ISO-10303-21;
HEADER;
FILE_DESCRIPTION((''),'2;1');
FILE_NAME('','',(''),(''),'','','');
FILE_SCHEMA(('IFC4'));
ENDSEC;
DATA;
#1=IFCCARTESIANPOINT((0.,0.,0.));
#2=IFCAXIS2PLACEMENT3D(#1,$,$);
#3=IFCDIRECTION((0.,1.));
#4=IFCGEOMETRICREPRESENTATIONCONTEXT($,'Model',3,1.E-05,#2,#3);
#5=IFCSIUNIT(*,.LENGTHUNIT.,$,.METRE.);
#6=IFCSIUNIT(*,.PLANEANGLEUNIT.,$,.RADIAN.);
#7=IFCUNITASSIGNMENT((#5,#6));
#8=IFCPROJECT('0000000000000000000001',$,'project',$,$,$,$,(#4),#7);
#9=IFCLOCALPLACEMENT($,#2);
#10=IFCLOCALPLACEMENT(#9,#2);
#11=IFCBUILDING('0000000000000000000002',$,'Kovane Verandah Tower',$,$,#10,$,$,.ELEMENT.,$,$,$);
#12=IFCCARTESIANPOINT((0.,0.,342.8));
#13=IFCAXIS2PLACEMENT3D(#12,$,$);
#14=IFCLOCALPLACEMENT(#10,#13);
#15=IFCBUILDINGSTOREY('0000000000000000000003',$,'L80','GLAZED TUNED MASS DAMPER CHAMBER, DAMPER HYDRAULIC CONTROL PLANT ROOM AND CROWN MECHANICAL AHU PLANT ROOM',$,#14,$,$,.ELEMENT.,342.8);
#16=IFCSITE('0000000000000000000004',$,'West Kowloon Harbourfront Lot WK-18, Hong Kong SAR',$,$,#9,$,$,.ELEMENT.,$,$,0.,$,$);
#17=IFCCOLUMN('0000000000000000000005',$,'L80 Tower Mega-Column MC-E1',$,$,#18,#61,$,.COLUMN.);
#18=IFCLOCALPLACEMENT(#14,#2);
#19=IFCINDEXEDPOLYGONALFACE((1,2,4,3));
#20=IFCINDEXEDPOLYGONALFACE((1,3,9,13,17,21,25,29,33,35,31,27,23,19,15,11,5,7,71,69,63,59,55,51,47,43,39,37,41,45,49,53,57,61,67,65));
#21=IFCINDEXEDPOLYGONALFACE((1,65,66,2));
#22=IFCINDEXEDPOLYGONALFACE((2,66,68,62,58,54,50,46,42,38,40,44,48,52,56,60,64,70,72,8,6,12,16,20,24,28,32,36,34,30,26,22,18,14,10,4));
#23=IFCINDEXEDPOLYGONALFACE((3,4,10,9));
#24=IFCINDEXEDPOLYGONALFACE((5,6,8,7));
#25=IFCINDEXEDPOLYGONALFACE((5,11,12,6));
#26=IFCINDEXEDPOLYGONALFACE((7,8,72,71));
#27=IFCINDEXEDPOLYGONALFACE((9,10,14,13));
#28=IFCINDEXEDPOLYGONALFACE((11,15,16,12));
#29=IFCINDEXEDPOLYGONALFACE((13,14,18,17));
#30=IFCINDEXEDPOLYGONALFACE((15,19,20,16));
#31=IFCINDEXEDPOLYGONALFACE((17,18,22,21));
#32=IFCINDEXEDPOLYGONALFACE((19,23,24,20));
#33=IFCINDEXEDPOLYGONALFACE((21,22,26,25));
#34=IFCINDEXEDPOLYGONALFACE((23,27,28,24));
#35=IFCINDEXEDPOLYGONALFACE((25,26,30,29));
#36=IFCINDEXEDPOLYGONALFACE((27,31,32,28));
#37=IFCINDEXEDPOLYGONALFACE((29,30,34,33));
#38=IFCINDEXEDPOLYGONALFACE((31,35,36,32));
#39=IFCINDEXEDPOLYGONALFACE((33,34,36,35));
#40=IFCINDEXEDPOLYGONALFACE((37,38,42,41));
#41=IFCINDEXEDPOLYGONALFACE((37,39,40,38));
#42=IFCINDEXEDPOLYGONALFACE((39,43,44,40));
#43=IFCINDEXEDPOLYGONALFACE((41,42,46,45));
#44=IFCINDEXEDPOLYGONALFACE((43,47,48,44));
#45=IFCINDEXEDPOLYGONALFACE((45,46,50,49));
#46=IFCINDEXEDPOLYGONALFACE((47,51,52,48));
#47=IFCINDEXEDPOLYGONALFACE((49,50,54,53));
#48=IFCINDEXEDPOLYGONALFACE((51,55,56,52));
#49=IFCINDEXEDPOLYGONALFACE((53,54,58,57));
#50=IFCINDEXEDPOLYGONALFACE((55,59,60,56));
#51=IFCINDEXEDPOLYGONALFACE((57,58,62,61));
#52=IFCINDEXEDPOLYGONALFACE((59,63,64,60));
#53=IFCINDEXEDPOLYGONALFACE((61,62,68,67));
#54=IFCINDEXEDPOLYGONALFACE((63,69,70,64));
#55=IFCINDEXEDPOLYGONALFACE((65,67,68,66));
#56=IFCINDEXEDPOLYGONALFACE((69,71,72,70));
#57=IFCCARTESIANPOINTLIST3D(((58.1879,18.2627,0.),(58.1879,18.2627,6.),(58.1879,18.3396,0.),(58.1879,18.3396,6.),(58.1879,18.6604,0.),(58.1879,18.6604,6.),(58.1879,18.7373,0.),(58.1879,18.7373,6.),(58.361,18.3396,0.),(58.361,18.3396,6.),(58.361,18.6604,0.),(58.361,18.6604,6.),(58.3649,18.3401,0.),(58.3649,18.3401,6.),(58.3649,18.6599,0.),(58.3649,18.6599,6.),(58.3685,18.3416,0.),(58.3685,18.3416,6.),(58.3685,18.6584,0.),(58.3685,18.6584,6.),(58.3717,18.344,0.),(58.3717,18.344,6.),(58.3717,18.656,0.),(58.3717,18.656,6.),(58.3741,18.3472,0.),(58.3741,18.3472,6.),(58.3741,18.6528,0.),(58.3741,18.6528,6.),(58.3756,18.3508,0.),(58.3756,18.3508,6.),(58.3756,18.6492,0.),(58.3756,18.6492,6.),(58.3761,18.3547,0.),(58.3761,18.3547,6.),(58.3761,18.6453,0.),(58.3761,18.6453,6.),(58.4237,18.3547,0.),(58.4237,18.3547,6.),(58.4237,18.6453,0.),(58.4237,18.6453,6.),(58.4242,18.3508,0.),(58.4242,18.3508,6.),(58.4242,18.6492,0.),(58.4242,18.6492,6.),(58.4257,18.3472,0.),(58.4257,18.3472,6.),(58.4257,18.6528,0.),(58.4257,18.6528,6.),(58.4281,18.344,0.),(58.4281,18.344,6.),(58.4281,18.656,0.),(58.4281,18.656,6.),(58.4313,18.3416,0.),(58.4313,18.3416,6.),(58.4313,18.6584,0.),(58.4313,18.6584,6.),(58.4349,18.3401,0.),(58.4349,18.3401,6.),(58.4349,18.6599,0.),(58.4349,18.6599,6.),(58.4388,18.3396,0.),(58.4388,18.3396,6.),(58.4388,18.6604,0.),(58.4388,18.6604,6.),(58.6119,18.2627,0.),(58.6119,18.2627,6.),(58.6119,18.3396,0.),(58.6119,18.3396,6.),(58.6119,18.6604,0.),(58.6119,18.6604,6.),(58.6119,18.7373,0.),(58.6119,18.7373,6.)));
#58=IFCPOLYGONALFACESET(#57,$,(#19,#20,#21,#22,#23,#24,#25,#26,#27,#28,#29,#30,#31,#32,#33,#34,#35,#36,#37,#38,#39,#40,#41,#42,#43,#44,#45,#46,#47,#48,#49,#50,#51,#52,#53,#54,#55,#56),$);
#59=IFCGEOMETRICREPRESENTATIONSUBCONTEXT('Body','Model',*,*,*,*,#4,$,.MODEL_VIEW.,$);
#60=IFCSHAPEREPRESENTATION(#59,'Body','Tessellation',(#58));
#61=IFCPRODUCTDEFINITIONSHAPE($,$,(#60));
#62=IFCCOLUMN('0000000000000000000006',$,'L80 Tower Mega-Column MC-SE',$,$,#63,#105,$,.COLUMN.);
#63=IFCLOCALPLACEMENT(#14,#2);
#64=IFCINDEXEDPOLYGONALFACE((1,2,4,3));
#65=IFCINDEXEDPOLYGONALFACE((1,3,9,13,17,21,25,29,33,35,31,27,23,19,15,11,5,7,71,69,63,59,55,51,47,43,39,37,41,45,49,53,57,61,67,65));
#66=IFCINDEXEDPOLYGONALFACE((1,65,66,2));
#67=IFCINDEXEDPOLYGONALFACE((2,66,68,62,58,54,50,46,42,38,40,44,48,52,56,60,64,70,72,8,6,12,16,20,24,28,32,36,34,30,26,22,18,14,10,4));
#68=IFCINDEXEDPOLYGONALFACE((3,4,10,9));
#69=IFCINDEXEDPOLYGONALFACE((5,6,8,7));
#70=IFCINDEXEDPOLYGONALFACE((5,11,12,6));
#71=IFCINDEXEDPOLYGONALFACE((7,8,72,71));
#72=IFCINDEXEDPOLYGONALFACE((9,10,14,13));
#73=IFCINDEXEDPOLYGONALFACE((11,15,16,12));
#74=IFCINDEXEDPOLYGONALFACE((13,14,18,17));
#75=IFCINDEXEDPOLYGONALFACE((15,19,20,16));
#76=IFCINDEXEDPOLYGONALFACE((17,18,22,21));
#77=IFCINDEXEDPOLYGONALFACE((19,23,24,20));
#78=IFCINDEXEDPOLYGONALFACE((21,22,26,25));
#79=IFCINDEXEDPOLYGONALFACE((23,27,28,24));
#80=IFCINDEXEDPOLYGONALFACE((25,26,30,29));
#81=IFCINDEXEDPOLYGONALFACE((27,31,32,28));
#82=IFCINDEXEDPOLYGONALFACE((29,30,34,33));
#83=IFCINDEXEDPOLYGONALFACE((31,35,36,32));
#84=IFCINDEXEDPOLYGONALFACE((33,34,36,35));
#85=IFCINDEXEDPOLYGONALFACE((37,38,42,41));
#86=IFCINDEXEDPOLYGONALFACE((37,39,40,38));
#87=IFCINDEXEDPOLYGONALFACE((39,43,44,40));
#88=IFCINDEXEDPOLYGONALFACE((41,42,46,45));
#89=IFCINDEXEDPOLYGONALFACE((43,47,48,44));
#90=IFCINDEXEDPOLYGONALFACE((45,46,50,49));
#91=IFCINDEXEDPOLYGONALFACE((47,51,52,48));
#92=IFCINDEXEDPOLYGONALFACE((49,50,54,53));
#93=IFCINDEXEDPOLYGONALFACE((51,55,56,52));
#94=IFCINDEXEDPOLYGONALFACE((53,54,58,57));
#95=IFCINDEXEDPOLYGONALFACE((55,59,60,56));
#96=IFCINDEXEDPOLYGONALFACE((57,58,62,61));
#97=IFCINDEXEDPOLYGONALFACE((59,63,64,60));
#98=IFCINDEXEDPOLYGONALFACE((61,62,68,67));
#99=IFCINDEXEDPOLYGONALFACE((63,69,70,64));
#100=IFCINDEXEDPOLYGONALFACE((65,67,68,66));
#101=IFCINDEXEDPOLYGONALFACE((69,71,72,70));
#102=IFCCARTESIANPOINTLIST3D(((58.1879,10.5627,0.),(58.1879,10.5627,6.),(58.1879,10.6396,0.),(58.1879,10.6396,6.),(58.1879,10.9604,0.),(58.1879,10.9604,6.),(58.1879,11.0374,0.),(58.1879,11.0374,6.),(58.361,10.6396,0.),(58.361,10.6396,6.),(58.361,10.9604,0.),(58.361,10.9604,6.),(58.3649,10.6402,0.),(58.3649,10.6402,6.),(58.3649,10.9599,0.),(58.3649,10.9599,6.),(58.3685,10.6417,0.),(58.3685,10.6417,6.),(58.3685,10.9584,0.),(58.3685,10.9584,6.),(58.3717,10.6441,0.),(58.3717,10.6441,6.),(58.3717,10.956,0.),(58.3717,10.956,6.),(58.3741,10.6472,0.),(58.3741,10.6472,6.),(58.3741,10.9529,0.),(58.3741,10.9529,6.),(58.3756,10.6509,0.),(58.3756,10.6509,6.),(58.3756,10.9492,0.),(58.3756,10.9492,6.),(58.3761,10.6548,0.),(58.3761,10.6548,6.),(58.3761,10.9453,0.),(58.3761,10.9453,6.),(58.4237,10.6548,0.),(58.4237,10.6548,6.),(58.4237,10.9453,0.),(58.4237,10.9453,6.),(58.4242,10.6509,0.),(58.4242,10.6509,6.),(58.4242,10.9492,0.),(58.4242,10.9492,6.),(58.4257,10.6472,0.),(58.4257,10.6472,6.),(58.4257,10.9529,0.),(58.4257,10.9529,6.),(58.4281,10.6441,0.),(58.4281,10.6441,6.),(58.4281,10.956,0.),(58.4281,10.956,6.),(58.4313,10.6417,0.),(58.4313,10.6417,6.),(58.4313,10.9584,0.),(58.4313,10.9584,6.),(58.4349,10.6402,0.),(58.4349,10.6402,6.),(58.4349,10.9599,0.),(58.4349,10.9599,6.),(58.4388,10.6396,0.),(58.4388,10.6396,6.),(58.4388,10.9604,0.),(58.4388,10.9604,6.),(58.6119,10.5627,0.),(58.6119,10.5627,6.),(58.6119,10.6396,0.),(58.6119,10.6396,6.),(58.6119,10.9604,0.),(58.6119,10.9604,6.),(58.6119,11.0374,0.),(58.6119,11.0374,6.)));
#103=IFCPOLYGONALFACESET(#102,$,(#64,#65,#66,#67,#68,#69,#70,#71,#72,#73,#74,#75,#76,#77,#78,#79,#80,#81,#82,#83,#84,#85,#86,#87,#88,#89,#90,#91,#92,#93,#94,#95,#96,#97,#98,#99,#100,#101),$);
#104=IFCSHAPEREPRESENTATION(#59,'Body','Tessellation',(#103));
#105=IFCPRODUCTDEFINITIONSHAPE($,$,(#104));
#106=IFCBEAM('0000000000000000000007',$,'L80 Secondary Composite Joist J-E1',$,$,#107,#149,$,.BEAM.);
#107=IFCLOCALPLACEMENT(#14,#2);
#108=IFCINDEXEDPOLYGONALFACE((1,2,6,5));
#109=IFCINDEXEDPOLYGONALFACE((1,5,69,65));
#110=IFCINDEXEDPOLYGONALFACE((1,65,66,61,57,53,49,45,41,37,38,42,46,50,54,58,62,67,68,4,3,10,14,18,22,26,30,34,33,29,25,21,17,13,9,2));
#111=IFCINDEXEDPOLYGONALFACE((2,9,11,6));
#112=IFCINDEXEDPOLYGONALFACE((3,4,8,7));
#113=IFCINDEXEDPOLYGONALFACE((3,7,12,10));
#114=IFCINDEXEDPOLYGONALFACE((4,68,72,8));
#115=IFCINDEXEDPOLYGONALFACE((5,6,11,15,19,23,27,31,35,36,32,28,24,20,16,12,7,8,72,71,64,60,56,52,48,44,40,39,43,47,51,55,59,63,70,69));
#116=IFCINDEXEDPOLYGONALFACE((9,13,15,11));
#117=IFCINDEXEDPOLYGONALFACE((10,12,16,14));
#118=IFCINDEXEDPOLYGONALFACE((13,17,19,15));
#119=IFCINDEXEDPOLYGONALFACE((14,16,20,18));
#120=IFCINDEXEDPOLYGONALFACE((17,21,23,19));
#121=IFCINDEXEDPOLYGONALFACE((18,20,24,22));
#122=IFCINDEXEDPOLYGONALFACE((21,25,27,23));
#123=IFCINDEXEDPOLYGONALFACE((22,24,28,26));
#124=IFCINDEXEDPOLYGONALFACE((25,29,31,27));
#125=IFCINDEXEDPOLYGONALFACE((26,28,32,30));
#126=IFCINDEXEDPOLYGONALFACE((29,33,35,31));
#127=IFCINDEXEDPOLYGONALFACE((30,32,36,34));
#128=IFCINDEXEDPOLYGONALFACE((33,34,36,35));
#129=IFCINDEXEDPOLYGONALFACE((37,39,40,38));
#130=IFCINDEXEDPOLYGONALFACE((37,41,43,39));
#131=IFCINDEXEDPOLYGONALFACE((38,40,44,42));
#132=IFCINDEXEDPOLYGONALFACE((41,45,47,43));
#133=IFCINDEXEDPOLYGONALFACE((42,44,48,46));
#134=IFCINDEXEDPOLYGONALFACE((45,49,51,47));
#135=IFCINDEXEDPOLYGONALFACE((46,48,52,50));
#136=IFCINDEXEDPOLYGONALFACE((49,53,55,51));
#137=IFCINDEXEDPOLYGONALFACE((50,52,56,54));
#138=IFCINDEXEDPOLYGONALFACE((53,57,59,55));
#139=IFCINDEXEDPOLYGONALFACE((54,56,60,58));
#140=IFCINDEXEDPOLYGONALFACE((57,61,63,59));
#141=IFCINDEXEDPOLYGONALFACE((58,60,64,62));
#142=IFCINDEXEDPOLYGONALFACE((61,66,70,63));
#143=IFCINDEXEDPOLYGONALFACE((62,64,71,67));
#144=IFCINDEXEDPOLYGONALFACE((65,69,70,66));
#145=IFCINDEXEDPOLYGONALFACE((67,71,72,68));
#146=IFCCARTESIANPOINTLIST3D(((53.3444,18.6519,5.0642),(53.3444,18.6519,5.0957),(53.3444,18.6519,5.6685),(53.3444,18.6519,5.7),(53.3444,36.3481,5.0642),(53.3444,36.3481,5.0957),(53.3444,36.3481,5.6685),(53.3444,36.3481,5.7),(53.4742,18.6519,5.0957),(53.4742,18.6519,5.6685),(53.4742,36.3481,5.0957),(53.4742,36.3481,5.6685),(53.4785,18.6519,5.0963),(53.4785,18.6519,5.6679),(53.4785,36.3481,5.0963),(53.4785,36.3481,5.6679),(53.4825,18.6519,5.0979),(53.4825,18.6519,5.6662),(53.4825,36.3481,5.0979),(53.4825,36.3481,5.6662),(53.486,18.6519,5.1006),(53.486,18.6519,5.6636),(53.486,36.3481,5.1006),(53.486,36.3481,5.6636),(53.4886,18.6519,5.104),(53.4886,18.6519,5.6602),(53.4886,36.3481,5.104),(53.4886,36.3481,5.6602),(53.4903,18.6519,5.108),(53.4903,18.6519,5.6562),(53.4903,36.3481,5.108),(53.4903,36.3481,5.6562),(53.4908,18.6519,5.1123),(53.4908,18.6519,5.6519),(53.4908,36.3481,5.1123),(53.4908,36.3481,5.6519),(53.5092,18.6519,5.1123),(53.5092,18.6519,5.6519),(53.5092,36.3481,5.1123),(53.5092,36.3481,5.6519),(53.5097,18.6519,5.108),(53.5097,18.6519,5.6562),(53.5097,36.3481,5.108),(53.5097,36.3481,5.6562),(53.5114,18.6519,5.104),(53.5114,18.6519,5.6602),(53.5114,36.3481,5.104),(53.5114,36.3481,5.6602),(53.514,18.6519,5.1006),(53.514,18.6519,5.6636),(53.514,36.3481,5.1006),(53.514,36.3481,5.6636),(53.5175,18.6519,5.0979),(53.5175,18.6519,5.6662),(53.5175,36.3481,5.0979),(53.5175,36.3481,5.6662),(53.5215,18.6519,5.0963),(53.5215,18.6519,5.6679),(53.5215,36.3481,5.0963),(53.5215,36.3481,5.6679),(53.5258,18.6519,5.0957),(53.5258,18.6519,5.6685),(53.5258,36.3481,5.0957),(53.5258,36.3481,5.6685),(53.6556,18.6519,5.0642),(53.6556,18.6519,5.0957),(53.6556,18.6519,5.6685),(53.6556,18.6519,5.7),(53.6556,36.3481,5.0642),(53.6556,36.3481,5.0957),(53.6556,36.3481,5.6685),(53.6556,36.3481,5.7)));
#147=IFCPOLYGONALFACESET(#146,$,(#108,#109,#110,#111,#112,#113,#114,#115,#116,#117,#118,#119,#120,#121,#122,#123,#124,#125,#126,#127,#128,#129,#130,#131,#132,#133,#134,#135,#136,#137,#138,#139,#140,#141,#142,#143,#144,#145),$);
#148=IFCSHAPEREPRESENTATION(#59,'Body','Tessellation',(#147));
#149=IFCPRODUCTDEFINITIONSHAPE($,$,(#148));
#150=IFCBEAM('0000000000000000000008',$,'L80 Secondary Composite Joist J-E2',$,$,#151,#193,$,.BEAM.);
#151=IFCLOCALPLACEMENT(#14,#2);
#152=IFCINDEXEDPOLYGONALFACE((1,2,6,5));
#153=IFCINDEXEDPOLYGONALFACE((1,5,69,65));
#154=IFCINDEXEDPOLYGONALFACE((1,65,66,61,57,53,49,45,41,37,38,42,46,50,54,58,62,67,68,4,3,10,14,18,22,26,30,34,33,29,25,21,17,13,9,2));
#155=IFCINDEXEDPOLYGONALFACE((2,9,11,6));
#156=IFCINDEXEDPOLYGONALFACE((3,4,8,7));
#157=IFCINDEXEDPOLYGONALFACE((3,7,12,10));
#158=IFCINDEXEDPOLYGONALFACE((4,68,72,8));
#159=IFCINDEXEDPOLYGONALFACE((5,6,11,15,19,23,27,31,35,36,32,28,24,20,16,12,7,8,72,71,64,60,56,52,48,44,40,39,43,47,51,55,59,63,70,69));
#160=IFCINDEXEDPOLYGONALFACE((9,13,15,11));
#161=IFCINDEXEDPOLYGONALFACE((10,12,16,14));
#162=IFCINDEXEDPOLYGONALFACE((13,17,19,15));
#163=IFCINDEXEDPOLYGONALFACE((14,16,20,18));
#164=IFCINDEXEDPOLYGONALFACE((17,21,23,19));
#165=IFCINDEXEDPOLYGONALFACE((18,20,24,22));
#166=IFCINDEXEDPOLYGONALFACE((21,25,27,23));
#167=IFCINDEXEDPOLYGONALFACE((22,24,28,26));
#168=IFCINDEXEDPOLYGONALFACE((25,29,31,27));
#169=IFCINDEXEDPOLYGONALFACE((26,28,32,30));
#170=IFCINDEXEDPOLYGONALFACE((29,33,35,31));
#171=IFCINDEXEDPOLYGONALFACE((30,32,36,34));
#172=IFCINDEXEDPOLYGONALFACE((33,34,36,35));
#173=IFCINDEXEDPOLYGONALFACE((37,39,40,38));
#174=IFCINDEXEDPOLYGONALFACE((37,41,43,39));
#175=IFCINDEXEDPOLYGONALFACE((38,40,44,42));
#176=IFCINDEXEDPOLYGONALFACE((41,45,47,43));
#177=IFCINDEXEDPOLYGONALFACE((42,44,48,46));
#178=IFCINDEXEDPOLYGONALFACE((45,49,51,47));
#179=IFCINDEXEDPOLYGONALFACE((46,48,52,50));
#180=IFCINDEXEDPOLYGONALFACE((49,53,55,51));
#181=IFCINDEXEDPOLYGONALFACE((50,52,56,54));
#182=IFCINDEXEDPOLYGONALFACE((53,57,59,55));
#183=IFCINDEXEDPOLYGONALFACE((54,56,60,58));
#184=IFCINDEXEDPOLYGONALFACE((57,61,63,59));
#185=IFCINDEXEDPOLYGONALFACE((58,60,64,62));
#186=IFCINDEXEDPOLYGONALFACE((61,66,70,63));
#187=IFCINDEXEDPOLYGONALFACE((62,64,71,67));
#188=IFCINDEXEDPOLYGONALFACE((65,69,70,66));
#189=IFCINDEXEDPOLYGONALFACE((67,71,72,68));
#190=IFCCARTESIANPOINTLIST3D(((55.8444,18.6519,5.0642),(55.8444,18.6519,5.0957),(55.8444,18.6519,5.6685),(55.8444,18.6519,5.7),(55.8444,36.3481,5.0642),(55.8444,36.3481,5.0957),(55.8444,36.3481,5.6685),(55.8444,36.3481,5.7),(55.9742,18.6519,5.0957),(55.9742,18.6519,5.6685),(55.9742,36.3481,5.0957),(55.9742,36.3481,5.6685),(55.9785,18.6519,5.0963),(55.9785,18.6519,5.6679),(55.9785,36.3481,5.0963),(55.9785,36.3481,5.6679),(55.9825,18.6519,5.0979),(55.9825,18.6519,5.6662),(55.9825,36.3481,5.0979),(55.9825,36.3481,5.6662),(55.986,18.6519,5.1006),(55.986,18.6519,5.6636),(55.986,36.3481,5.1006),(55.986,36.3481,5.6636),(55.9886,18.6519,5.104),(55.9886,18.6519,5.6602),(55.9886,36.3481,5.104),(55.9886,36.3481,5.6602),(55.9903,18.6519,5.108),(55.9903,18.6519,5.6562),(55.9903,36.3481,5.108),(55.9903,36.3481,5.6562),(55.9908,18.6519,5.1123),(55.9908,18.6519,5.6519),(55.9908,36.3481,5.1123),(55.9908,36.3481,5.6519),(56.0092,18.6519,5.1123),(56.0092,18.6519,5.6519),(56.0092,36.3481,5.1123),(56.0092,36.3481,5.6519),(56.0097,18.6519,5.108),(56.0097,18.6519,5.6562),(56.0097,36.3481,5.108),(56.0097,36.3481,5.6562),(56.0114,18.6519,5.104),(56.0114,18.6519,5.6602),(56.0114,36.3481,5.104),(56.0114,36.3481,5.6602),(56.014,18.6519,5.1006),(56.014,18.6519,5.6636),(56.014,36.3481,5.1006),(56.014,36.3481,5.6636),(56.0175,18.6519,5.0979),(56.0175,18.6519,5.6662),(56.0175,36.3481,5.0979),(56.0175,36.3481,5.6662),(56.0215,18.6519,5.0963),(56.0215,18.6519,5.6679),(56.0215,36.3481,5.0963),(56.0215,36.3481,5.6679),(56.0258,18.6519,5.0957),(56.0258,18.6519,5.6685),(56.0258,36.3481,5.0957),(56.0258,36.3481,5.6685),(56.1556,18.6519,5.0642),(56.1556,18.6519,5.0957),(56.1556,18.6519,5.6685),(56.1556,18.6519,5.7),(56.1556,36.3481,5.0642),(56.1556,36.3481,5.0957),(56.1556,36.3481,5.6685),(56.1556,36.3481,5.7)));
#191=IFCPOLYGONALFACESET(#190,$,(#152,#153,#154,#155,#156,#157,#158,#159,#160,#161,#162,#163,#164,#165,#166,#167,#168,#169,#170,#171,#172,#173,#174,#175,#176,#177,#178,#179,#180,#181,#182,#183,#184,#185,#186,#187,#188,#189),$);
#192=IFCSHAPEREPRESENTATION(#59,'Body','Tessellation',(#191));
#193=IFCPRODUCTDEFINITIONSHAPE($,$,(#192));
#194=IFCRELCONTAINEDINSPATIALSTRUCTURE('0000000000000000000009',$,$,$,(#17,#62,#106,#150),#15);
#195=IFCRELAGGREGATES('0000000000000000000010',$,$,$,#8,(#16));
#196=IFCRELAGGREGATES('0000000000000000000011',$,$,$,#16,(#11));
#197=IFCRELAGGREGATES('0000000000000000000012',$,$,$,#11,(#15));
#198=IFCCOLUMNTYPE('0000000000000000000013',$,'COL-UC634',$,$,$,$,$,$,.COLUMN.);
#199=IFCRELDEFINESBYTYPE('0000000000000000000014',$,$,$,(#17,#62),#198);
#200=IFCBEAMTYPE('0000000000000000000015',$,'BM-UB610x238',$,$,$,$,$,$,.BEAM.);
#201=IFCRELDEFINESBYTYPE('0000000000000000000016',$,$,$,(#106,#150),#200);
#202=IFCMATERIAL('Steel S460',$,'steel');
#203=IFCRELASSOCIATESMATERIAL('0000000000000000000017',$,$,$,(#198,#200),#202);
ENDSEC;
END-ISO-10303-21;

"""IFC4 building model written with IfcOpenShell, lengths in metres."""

from ifc_helpers import new_model, si_unit, direction, frame, origin, origin_2d, place, context, subcontext, project, spatial, i_section, extrude, material, material_profile, profile_set, type_object, element, save


model = new_model("IFC4")

# Units and contexts
model_context = context("Model", 3, precision=1e-05, world=origin(), true_north=direction((0.0, 1.0)))
body_context = subcontext(model_context, "Body", "Model", "MODEL_VIEW")
ifc_project = project(units=[si_unit("LENGTHUNIT", "METRE"), si_unit("PLANEANGLEUNIT", "RADIAN")], contexts=[model_context])

# Site, building, storey
site_placement = place(None, origin())
site = spatial("IfcSite", under=ifc_project, at=site_placement, Name="West Kowloon Harbourfront Lot WK-18, Hong Kong SAR", CompositionType="ELEMENT", RefElevation=0.0)
building_placement = place(site_placement, origin())
building = spatial("IfcBuilding", under=site, at=building_placement, Name="Kovane Verandah Tower", CompositionType="ELEMENT")
storey_placement = place(building_placement, frame((0.0, 0.0, 342.8)))
storey = spatial("IfcBuildingStorey", under=building, at=storey_placement, Name="L80", Description="GLAZED TUNED MASS DAMPER CHAMBER, DAMPER HYDRAULIC CONTROL PLANT ROOM AND CROWN MECHANICAL AHU PLANT ROOM", CompositionType="ELEMENT", Elevation=342.8)

# Columns
ifc_material_1 = material(Name="Steel S460", Category="steel")
ifc_material_profile_1 = material_profile(ifc_material_1, i_section(OverallWidth=0.4241, OverallDepth=0.4746, WebThickness=0.0476, FlangeThickness=0.0769, FilletRadius=0.0151, at=origin_2d()), Name="UC356x406x634")
ifc_profile_set_1 = profile_set([ifc_material_profile_1], Name="Steel S460")
column_type = type_object("IfcColumnType", Name="COL-UC634", PredefinedType="COLUMN", material=ifc_profile_set_1)
for number, where, z_axis, x_axis, name in (
    (1, (58.3999, 18.5, 0.0), (0.0, 0.0, 1.0), (1.0, 0.0, 0.0), "L80 Tower Mega-Column MC-E1"),
    (2, (58.3999, 10.8, 0.0), (0.0, 0.0, 1.0), (1.0, 0.0, 0.0), "L80 Tower Mega-Column MC-SE"),
):
    element("IfcColumn", number, at=place(storey_placement, frame(where, z_axis=z_axis, x_axis=x_axis)), inside=storey, type_object=column_type, Name=name, PredefinedType="COLUMN", context=body_context, shape_type="SweptSolid", body=[
        extrude(i_section(OverallWidth=0.4241, OverallDepth=0.4746, WebThickness=0.0476, FlangeThickness=0.0769, FilletRadius=0.0151, at=origin_2d()), origin(), (0.0, 0.0, 1.0), 6.0),
    ])

# Beams
ifc_material_profile_2 = material_profile(ifc_material_1, i_section(OverallWidth=0.3113, OverallDepth=0.6357, WebThickness=0.0183, FlangeThickness=0.0315, FilletRadius=0.0166, at=origin_2d()), Name="UB610x305x238")
ifc_profile_set_2 = profile_set([ifc_material_profile_2], Name="Steel S460")
beam_type_1 = type_object("IfcBeamType", Name="BM-UB610x238", PredefinedType="BEAM", material=ifc_profile_set_2)
for number, where, z_axis, x_axis, name in (
    (3, (53.5, 18.6519, 5.3821), (0.0, 1.0, 0.0), (-1.0, 0.0, 0.0), "L80 Secondary Composite Joist J-E1"),
    (4, (56.0, 18.6519, 5.3821), (0.0, 1.0, 0.0), (-1.0, 0.0, 0.0), "L80 Secondary Composite Joist J-E2"),
):
    element("IfcBeam", number, at=place(storey_placement, frame(where, z_axis=z_axis, x_axis=x_axis)), inside=storey, type_object=beam_type_1, Name=name, PredefinedType="BEAM", context=body_context, shape_type="SweptSolid", body=[
        extrude(i_section(OverallWidth=0.3113, OverallDepth=0.6357, WebThickness=0.0183, FlangeThickness=0.0315, FilletRadius=0.0166, at=origin_2d()), origin(), (0.0, 0.0, 1.0), 17.6963),
    ])

save(model, "model.ifc")
